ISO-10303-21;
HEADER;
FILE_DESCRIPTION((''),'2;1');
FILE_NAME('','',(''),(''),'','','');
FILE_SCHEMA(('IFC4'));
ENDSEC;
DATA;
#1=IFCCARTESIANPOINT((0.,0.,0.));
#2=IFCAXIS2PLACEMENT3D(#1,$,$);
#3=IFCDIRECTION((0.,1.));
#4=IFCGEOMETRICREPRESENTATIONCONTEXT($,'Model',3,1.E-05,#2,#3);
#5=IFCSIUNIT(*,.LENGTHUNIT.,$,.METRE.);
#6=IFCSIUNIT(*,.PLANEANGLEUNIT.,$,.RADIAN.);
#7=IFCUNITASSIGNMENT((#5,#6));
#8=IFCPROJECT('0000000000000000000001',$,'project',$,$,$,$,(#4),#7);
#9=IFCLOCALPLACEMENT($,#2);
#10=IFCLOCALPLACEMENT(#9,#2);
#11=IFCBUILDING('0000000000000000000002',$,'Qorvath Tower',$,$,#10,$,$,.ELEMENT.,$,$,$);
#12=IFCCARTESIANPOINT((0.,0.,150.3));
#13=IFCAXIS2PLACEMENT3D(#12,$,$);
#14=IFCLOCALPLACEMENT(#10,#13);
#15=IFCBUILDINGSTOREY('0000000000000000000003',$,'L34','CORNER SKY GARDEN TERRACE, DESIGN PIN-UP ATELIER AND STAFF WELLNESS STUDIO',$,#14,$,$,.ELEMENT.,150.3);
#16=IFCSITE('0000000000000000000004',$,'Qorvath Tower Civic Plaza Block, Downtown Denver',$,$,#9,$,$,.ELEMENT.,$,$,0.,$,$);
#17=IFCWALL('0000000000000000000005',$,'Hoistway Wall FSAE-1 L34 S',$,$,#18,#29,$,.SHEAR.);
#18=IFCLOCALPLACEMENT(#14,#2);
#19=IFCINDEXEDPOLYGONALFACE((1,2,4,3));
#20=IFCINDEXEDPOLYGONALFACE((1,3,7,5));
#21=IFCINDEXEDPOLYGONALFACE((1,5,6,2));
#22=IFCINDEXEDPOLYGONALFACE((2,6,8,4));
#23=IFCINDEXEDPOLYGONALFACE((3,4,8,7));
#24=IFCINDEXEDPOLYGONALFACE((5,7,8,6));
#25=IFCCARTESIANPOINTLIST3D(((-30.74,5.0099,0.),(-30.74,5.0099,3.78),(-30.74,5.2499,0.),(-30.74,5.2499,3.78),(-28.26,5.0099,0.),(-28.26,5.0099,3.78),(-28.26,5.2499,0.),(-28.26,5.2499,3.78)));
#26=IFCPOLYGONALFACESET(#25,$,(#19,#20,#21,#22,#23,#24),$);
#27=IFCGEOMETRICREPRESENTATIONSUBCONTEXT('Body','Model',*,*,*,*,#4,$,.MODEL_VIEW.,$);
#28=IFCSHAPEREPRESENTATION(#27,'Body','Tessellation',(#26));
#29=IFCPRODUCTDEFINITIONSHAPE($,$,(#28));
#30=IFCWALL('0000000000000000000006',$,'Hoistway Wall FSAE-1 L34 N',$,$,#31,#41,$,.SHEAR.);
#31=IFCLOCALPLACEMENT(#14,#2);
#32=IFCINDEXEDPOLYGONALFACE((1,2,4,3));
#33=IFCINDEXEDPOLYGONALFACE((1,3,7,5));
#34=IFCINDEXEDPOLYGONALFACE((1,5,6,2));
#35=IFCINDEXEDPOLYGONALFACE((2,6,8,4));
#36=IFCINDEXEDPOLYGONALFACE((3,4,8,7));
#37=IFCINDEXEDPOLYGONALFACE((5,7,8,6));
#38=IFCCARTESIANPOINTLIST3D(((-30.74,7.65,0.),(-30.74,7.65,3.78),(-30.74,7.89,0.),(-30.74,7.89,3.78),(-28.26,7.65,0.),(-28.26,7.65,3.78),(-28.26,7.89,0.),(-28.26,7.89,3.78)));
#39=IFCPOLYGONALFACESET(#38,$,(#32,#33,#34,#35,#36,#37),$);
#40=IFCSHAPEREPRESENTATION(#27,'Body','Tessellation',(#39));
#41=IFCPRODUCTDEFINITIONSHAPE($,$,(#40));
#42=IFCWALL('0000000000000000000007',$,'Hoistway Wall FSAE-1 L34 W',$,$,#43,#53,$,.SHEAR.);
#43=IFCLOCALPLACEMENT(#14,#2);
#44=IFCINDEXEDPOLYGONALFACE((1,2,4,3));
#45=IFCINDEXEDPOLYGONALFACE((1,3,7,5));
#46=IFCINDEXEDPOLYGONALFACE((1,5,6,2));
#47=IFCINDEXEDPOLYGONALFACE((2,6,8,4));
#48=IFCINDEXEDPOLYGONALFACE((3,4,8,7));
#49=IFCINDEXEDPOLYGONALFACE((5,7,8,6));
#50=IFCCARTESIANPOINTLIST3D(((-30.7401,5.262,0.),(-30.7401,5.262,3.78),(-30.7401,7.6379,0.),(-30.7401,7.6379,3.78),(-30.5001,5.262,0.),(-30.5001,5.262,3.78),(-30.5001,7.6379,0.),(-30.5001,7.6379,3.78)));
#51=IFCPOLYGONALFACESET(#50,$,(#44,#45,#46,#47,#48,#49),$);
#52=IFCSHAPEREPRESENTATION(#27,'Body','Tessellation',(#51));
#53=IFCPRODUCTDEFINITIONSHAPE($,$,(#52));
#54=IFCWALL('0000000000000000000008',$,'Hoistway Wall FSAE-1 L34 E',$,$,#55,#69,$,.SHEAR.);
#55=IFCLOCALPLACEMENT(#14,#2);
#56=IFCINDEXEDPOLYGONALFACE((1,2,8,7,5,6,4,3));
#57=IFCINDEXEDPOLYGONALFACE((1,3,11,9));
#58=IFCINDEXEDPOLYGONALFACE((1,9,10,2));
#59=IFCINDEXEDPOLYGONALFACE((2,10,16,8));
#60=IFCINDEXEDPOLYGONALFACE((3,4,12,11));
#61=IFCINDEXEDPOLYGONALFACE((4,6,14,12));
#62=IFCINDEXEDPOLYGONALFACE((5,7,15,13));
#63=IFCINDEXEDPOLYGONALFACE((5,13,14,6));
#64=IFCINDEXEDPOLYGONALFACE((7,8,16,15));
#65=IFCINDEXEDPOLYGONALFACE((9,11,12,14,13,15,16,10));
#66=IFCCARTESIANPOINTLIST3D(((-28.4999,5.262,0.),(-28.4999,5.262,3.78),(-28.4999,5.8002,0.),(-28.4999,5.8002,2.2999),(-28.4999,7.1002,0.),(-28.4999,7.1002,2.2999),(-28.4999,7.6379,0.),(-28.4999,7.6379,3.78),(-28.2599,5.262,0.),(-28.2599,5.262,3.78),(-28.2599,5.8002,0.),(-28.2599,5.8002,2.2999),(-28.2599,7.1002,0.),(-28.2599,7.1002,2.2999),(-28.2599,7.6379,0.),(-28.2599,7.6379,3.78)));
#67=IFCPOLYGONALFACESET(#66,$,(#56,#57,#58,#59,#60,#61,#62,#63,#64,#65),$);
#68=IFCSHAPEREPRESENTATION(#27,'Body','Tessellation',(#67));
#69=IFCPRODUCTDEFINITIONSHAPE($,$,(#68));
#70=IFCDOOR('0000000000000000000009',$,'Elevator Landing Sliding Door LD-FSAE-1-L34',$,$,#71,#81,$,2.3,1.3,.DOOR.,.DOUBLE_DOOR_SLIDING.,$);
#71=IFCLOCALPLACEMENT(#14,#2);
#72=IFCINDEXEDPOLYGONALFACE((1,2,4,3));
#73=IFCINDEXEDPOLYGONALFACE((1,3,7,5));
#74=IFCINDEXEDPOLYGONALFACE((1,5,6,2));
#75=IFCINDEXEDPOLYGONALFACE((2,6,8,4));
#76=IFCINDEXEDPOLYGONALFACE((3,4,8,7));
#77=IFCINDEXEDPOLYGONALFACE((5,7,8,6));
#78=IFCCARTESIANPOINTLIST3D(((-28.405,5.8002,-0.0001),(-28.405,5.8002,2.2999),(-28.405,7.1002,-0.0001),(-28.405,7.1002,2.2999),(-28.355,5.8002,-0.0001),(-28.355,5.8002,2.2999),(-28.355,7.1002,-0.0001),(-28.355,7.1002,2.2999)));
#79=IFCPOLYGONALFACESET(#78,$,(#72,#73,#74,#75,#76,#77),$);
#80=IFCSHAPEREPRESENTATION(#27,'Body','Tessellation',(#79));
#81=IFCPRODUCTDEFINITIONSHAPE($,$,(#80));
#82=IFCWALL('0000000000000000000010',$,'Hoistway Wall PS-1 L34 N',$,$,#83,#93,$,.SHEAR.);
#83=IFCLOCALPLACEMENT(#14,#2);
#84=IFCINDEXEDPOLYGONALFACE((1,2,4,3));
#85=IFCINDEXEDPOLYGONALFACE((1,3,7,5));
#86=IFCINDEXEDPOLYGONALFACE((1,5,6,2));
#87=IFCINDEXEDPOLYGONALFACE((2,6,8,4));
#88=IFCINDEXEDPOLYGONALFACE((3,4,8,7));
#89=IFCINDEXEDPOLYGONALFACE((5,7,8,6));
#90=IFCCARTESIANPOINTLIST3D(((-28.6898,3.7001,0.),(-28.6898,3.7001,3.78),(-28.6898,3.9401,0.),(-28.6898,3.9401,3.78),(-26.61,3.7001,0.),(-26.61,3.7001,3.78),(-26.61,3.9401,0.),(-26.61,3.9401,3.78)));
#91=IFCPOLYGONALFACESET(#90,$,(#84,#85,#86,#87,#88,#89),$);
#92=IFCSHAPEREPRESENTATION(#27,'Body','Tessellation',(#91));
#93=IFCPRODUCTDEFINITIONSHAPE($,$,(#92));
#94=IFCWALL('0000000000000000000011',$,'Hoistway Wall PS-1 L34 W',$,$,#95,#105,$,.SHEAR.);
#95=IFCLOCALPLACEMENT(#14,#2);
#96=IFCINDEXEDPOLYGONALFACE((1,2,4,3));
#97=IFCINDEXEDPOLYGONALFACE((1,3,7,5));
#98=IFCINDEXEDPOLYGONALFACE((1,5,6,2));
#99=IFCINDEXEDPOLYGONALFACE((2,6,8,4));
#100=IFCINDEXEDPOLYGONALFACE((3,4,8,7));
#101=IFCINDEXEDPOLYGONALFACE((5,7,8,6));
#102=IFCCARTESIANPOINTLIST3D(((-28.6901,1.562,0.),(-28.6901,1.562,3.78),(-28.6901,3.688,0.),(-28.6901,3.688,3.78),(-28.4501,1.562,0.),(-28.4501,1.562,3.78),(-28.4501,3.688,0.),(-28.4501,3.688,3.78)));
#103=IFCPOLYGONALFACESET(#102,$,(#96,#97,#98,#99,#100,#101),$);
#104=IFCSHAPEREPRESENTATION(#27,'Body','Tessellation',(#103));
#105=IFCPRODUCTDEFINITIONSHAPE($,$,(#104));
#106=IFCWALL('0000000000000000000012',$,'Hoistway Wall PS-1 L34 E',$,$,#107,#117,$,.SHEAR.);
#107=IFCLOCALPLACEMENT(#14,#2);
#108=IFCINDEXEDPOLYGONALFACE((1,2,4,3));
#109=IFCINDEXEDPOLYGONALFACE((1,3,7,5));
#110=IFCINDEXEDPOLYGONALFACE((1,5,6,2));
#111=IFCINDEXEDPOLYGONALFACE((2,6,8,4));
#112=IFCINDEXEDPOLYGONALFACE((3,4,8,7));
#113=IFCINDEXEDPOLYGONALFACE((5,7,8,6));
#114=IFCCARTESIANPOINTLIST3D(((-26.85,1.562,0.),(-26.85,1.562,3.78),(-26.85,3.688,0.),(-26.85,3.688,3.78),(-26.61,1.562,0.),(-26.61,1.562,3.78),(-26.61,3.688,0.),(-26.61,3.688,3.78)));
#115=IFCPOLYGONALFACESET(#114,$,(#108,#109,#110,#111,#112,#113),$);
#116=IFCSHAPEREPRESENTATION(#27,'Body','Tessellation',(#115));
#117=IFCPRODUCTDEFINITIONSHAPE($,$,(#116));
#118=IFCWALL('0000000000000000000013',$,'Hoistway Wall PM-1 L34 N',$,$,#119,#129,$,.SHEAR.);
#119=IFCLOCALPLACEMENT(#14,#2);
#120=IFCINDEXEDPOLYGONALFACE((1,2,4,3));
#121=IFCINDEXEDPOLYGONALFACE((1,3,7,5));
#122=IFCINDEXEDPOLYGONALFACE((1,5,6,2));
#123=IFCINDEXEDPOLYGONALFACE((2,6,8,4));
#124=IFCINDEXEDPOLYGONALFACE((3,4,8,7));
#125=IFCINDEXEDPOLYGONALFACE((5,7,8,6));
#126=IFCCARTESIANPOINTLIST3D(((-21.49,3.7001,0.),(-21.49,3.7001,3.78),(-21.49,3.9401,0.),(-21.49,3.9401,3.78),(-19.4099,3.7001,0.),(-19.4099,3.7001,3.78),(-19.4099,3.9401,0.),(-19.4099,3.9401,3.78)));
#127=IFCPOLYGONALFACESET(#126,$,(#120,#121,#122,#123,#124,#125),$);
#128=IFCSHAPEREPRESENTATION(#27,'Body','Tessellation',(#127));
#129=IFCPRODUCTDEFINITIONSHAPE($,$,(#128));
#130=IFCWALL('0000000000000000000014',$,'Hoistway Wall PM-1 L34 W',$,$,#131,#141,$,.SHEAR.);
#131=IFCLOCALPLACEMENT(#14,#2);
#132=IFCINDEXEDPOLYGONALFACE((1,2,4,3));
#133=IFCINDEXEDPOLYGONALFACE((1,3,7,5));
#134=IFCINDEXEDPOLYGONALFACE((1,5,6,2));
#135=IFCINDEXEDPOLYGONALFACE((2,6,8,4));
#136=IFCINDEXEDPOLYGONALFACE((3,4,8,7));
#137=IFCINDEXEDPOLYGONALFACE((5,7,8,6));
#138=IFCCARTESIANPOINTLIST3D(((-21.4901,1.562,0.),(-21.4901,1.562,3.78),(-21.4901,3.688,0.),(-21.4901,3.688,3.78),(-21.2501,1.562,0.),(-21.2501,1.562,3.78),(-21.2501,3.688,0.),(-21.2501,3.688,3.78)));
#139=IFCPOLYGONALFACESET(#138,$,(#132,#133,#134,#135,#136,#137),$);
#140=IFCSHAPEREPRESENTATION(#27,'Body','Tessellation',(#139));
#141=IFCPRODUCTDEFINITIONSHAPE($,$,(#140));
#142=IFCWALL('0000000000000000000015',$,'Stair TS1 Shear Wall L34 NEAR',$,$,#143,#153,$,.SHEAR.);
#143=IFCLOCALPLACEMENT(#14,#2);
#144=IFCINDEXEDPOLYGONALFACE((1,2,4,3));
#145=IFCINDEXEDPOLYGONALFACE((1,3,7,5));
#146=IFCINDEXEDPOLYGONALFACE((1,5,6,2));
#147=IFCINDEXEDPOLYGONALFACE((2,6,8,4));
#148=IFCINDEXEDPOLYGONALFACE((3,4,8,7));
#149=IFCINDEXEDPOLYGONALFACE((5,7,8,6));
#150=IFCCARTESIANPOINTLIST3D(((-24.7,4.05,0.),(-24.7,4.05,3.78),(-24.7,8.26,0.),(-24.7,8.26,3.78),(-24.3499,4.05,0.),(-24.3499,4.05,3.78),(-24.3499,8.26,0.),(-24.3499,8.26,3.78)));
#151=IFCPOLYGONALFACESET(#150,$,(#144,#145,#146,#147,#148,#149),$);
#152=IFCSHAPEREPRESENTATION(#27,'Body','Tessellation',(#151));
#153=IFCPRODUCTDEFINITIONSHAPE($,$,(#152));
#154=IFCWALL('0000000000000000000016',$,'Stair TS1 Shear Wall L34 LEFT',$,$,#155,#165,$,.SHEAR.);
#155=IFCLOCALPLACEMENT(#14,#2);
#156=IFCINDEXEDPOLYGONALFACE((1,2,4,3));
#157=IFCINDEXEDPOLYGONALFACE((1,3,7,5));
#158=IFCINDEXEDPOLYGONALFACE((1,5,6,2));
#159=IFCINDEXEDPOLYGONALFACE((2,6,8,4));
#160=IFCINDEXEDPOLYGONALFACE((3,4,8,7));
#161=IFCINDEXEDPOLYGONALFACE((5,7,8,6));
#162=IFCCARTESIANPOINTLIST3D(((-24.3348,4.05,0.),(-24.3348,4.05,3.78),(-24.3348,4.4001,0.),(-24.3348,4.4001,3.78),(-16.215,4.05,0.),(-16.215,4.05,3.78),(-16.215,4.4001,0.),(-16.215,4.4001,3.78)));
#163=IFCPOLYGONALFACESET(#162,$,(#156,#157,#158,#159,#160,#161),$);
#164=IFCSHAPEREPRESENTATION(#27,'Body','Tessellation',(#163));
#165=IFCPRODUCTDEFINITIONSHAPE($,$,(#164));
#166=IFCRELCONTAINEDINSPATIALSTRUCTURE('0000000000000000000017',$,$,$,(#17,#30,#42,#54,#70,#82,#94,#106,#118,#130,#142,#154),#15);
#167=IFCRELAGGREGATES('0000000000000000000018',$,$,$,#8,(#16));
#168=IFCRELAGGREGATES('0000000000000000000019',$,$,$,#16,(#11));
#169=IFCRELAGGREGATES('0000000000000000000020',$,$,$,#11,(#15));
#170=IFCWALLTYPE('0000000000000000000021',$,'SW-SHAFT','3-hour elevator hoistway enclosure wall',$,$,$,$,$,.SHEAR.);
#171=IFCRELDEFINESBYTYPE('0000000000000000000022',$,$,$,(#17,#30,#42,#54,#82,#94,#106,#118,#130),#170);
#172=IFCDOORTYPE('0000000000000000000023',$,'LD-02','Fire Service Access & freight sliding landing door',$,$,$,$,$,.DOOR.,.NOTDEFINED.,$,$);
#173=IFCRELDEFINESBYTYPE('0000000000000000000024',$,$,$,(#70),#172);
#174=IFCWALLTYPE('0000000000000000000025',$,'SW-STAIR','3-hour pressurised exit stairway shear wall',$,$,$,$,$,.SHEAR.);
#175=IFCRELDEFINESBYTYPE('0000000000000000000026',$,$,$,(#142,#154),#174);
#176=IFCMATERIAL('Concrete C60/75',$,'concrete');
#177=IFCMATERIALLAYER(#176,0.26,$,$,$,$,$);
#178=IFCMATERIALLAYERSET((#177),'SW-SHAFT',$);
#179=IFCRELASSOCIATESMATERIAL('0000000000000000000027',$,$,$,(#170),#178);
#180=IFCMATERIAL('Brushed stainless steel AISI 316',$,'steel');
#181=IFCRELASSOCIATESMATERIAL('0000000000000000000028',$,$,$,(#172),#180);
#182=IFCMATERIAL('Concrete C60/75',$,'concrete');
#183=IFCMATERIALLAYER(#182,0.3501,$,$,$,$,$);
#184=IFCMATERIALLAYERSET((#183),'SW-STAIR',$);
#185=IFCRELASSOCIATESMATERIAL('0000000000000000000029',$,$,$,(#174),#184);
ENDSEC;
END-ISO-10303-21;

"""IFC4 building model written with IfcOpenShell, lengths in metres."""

from ifc_helpers import new_model, si_unit, direction, frame, frame_2d, origin, place, context, subcontext, project, spatial, rectangle, extrude, material, layer, layer_set, type_object, element, fill, save


model = new_model("IFC4")

# Units and contexts
model_context = context("Model", 3, precision=1e-05, world=origin(), true_north=direction((0.0, 1.0)))
body_context = subcontext(model_context, "Body", "Model", "MODEL_VIEW")
ifc_project = project(units=[si_unit("LENGTHUNIT", "METRE"), si_unit("PLANEANGLEUNIT", "RADIAN")], contexts=[model_context])

# Site, building, storey
site_placement = place(None, origin())
site = spatial("IfcSite", under=ifc_project, at=site_placement, Name="Qorvath Tower Civic Plaza Block, Downtown Denver", CompositionType="ELEMENT", RefElevation=0.0)
building_placement = place(site_placement, origin())
building = spatial("IfcBuilding", under=site, at=building_placement, Name="Qorvath Tower", CompositionType="ELEMENT")
storey_placement = place(building_placement, frame((0.0, 0.0, 150.3)))
storey = spatial("IfcBuildingStorey", under=building, at=storey_placement, Name="L34", Description="CORNER SKY GARDEN TERRACE, DESIGN PIN-UP ATELIER AND STAFF WELLNESS STUDIO", CompositionType="ELEMENT", Elevation=150.3)

# Walls
ifc_material_1 = material(Name="Concrete C60/75", Category="concrete")
ifc_layer_1 = layer(ifc_material_1, 0.26)
ifc_layer_set_1 = layer_set([ifc_layer_1], Name="SW-SHAFT")
wall_type_1 = type_object("IfcWallType", Name="SW-SHAFT", Description="3-hour elevator hoistway enclosure wall", PredefinedType="SHEAR", material=ifc_layer_set_1)
for number, where, z_axis, x_axis, name in (
    (1, (-28.26, 5.1299, 0.0), (0.0, 0.0, 1.0), (-1.0, 0.0, 0.0), "Hoistway Wall FSAE-1 L34 S"),
    (2, (-30.74, 7.77, 0.0), (0.0, 0.0, 1.0), (1.0, 0.0, 0.0), "Hoistway Wall FSAE-1 L34 N"),
):
    element("IfcWall", number, at=place(storey_placement, frame(where, z_axis=z_axis, x_axis=x_axis)), inside=storey, type_object=wall_type_1, Name=name, PredefinedType="SHEAR", context=body_context, shape_type="SweptSolid", body=[
        extrude(rectangle(XDim=2.48, YDim=0.24, at=frame_2d((1.24, 0.0))), origin(), (0.0, 0.0, 1.0), 3.78),
    ])
wall_1_placement = place(storey_placement, frame((-30.6201, 5.262, 0.0), z_axis=(0.0, 0.0, 1.0), x_axis=(0.0, 1.0, 0.0)))
element("IfcWall", 3, at=wall_1_placement, inside=storey, type_object=wall_type_1, Name="Hoistway Wall FSAE-1 L34 W", PredefinedType="SHEAR", context=body_context, shape_type="SweptSolid", body=[
    extrude(rectangle(XDim=2.376, YDim=0.24, at=frame_2d((1.188, 0.0))), origin(), (0.0, 0.0, 1.0), 3.78),
])

# Wall, opening, door
wall_2_placement = place(storey_placement, frame((-28.3799, 7.6379, 0.0), z_axis=(0.0, 0.0, 1.0), x_axis=(0.0, -1.0, 0.0)))
wall_2 = element("IfcWall", 4, at=wall_2_placement, inside=storey, type_object=wall_type_1, Name="Hoistway Wall FSAE-1 L34 E", PredefinedType="SHEAR", context=body_context, shape_type="SweptSolid", body=[
    extrude(rectangle(XDim=2.376, YDim=0.24, at=frame_2d((1.188, 0.0))), origin(), (0.0, 0.0, 1.0), 3.78),
])
opening_1_placement = place(wall_2_placement, frame((0.5378, 0.0, 0.0)))
opening_1 = element("IfcOpeningElement", 5, at=opening_1_placement, cuts=wall_2, PredefinedType="OPENING", context=body_context, shape_type="SweptSolid", body=[
    extrude(rectangle(XDim=1.3, YDim=2.3, at=frame_2d((0.6499, 1.1499))), frame((0.0, 0.1299, 0.0), z_axis=(0.0, -1.0, 0.0), x_axis=(1.0, 0.0, 0.0)), (0.0, 0.0, 1.0), 0.26),
])
ifc_material_2 = material(Name="Brushed stainless steel AISI 316", Category="steel")
door_type_1 = type_object("IfcDoorType", Name="LD-02", Description="Fire Service Access & freight sliding landing door", OperationType="NOTDEFINED", PredefinedType="DOOR", material=ifc_material_2)
door_1_placement = place(opening_1_placement, origin())
door_1 = element("IfcDoor", 6, at=door_1_placement, inside=storey, type_object=door_type_1, Name="Elevator Landing Sliding Door LD-FSAE-1-L34", OperationType="DOUBLE_DOOR_SLIDING", OverallHeight=2.3, OverallWidth=1.3, PredefinedType="DOOR", context=body_context, shape_type="SweptSolid", body=[
    extrude(rectangle(XDim=1.3, YDim=2.3, at=frame_2d((0.6499, 1.1499))), frame((0.0, 0.0249, 0.0), z_axis=(0.0, -1.0, 0.0), x_axis=(1.0, 0.0, 0.0)), (0.0, 0.0, 1.0), 0.05),
])
fill(opening_1, door_1)

# Walls
wall_3_placement = place(storey_placement, frame((-28.6899, 3.8201, 0.0), z_axis=(0.0, 0.0, 1.0), x_axis=(1.0, 0.0, 0.0)))
element("IfcWall", 7, at=wall_3_placement, inside=storey, type_object=wall_type_1, Name="Hoistway Wall PS-1 L34 N", PredefinedType="SHEAR", context=body_context, shape_type="SweptSolid", body=[
    extrude(rectangle(XDim=2.0798, YDim=0.24, at=frame_2d((1.04, 0.0))), origin(), (0.0, 0.0, 1.0), 3.78),
])
for number, where, z_axis, x_axis, name in (
    (8, (-28.5701, 1.562, 0.0), (0.0, 0.0, 1.0), (0.0, 1.0, 0.0), "Hoistway Wall PS-1 L34 W"),
    (9, (-26.73, 3.688, 0.0), (0.0, 0.0, 1.0), (0.0, -1.0, 0.0), "Hoistway Wall PS-1 L34 E"),
):
    element("IfcWall", number, at=place(storey_placement, frame(where, z_axis=z_axis, x_axis=x_axis)), inside=storey, type_object=wall_type_1, Name=name, PredefinedType="SHEAR", context=body_context, shape_type="SweptSolid", body=[
        extrude(rectangle(XDim=2.126, YDim=0.24, at=frame_2d((1.063, 0.0))), origin(), (0.0, 0.0, 1.0), 3.78),
    ])
wall_4_placement = place(storey_placement, frame((-21.49, 3.8201, 0.0), z_axis=(0.0, 0.0, 1.0), x_axis=(1.0, 0.0, 0.0)))
element("IfcWall", 10, at=wall_4_placement, inside=storey, type_object=wall_type_1, Name="Hoistway Wall PM-1 L34 N", PredefinedType="SHEAR", context=body_context, shape_type="SweptSolid", body=[
    extrude(rectangle(XDim=2.0801, YDim=0.24, at=frame_2d((1.04, 0.0))), origin(), (0.0, 0.0, 1.0), 3.78),
])
wall_5_placement = place(storey_placement, frame((-21.3701, 1.562, 0.0), z_axis=(0.0, 0.0, 1.0), x_axis=(0.0, 1.0, 0.0)))
element("IfcWall", 11, at=wall_5_placement, inside=storey, type_object=wall_type_1, Name="Hoistway Wall PM-1 L34 W", PredefinedType="SHEAR", context=body_context, shape_type="SweptSolid", body=[
    extrude(rectangle(XDim=2.126, YDim=0.24, at=frame_2d((1.063, 0.0))), origin(), (0.0, 0.0, 1.0), 3.78),
])
ifc_material_3 = material(Name="Concrete C60/75", Category="concrete")
ifc_layer_2 = layer(ifc_material_3, 0.3501)
ifc_layer_set_2 = layer_set([ifc_layer_2], Name="SW-STAIR")
wall_type_2 = type_object("IfcWallType", Name="SW-STAIR", Description="3-hour pressurised exit stairway shear wall", PredefinedType="SHEAR", material=ifc_layer_set_2)
wall_6_placement = place(storey_placement, frame((-24.5249, 8.26, 0.0), z_axis=(0.0, 0.0, 1.0), x_axis=(0.0, -1.0, 0.0)))
element("IfcWall", 12, at=wall_6_placement, inside=storey, type_object=wall_type_2, Name="Stair TS1 Shear Wall L34 NEAR", PredefinedType="SHEAR", context=body_context, shape_type="SweptSolid", body=[
    extrude(rectangle(XDim=4.21, YDim=0.3501, at=frame_2d((2.105, 0.0))), origin(), (0.0, 0.0, 1.0), 3.78),
])
wall_7_placement = place(storey_placement, frame((-24.335, 4.2251, 0.0), z_axis=(0.0, 0.0, 1.0), x_axis=(1.0, 0.0, 0.0)))
element("IfcWall", 13, at=wall_7_placement, inside=storey, type_object=wall_type_2, Name="Stair TS1 Shear Wall L34 LEFT", PredefinedType="SHEAR", context=body_context, shape_type="SweptSolid", body=[
    extrude(rectangle(XDim=8.1199, YDim=0.3501, at=frame_2d((4.0601, 0.0))), origin(), (0.0, 0.0, 1.0), 3.78),
])

save(model, "model.ifc")
